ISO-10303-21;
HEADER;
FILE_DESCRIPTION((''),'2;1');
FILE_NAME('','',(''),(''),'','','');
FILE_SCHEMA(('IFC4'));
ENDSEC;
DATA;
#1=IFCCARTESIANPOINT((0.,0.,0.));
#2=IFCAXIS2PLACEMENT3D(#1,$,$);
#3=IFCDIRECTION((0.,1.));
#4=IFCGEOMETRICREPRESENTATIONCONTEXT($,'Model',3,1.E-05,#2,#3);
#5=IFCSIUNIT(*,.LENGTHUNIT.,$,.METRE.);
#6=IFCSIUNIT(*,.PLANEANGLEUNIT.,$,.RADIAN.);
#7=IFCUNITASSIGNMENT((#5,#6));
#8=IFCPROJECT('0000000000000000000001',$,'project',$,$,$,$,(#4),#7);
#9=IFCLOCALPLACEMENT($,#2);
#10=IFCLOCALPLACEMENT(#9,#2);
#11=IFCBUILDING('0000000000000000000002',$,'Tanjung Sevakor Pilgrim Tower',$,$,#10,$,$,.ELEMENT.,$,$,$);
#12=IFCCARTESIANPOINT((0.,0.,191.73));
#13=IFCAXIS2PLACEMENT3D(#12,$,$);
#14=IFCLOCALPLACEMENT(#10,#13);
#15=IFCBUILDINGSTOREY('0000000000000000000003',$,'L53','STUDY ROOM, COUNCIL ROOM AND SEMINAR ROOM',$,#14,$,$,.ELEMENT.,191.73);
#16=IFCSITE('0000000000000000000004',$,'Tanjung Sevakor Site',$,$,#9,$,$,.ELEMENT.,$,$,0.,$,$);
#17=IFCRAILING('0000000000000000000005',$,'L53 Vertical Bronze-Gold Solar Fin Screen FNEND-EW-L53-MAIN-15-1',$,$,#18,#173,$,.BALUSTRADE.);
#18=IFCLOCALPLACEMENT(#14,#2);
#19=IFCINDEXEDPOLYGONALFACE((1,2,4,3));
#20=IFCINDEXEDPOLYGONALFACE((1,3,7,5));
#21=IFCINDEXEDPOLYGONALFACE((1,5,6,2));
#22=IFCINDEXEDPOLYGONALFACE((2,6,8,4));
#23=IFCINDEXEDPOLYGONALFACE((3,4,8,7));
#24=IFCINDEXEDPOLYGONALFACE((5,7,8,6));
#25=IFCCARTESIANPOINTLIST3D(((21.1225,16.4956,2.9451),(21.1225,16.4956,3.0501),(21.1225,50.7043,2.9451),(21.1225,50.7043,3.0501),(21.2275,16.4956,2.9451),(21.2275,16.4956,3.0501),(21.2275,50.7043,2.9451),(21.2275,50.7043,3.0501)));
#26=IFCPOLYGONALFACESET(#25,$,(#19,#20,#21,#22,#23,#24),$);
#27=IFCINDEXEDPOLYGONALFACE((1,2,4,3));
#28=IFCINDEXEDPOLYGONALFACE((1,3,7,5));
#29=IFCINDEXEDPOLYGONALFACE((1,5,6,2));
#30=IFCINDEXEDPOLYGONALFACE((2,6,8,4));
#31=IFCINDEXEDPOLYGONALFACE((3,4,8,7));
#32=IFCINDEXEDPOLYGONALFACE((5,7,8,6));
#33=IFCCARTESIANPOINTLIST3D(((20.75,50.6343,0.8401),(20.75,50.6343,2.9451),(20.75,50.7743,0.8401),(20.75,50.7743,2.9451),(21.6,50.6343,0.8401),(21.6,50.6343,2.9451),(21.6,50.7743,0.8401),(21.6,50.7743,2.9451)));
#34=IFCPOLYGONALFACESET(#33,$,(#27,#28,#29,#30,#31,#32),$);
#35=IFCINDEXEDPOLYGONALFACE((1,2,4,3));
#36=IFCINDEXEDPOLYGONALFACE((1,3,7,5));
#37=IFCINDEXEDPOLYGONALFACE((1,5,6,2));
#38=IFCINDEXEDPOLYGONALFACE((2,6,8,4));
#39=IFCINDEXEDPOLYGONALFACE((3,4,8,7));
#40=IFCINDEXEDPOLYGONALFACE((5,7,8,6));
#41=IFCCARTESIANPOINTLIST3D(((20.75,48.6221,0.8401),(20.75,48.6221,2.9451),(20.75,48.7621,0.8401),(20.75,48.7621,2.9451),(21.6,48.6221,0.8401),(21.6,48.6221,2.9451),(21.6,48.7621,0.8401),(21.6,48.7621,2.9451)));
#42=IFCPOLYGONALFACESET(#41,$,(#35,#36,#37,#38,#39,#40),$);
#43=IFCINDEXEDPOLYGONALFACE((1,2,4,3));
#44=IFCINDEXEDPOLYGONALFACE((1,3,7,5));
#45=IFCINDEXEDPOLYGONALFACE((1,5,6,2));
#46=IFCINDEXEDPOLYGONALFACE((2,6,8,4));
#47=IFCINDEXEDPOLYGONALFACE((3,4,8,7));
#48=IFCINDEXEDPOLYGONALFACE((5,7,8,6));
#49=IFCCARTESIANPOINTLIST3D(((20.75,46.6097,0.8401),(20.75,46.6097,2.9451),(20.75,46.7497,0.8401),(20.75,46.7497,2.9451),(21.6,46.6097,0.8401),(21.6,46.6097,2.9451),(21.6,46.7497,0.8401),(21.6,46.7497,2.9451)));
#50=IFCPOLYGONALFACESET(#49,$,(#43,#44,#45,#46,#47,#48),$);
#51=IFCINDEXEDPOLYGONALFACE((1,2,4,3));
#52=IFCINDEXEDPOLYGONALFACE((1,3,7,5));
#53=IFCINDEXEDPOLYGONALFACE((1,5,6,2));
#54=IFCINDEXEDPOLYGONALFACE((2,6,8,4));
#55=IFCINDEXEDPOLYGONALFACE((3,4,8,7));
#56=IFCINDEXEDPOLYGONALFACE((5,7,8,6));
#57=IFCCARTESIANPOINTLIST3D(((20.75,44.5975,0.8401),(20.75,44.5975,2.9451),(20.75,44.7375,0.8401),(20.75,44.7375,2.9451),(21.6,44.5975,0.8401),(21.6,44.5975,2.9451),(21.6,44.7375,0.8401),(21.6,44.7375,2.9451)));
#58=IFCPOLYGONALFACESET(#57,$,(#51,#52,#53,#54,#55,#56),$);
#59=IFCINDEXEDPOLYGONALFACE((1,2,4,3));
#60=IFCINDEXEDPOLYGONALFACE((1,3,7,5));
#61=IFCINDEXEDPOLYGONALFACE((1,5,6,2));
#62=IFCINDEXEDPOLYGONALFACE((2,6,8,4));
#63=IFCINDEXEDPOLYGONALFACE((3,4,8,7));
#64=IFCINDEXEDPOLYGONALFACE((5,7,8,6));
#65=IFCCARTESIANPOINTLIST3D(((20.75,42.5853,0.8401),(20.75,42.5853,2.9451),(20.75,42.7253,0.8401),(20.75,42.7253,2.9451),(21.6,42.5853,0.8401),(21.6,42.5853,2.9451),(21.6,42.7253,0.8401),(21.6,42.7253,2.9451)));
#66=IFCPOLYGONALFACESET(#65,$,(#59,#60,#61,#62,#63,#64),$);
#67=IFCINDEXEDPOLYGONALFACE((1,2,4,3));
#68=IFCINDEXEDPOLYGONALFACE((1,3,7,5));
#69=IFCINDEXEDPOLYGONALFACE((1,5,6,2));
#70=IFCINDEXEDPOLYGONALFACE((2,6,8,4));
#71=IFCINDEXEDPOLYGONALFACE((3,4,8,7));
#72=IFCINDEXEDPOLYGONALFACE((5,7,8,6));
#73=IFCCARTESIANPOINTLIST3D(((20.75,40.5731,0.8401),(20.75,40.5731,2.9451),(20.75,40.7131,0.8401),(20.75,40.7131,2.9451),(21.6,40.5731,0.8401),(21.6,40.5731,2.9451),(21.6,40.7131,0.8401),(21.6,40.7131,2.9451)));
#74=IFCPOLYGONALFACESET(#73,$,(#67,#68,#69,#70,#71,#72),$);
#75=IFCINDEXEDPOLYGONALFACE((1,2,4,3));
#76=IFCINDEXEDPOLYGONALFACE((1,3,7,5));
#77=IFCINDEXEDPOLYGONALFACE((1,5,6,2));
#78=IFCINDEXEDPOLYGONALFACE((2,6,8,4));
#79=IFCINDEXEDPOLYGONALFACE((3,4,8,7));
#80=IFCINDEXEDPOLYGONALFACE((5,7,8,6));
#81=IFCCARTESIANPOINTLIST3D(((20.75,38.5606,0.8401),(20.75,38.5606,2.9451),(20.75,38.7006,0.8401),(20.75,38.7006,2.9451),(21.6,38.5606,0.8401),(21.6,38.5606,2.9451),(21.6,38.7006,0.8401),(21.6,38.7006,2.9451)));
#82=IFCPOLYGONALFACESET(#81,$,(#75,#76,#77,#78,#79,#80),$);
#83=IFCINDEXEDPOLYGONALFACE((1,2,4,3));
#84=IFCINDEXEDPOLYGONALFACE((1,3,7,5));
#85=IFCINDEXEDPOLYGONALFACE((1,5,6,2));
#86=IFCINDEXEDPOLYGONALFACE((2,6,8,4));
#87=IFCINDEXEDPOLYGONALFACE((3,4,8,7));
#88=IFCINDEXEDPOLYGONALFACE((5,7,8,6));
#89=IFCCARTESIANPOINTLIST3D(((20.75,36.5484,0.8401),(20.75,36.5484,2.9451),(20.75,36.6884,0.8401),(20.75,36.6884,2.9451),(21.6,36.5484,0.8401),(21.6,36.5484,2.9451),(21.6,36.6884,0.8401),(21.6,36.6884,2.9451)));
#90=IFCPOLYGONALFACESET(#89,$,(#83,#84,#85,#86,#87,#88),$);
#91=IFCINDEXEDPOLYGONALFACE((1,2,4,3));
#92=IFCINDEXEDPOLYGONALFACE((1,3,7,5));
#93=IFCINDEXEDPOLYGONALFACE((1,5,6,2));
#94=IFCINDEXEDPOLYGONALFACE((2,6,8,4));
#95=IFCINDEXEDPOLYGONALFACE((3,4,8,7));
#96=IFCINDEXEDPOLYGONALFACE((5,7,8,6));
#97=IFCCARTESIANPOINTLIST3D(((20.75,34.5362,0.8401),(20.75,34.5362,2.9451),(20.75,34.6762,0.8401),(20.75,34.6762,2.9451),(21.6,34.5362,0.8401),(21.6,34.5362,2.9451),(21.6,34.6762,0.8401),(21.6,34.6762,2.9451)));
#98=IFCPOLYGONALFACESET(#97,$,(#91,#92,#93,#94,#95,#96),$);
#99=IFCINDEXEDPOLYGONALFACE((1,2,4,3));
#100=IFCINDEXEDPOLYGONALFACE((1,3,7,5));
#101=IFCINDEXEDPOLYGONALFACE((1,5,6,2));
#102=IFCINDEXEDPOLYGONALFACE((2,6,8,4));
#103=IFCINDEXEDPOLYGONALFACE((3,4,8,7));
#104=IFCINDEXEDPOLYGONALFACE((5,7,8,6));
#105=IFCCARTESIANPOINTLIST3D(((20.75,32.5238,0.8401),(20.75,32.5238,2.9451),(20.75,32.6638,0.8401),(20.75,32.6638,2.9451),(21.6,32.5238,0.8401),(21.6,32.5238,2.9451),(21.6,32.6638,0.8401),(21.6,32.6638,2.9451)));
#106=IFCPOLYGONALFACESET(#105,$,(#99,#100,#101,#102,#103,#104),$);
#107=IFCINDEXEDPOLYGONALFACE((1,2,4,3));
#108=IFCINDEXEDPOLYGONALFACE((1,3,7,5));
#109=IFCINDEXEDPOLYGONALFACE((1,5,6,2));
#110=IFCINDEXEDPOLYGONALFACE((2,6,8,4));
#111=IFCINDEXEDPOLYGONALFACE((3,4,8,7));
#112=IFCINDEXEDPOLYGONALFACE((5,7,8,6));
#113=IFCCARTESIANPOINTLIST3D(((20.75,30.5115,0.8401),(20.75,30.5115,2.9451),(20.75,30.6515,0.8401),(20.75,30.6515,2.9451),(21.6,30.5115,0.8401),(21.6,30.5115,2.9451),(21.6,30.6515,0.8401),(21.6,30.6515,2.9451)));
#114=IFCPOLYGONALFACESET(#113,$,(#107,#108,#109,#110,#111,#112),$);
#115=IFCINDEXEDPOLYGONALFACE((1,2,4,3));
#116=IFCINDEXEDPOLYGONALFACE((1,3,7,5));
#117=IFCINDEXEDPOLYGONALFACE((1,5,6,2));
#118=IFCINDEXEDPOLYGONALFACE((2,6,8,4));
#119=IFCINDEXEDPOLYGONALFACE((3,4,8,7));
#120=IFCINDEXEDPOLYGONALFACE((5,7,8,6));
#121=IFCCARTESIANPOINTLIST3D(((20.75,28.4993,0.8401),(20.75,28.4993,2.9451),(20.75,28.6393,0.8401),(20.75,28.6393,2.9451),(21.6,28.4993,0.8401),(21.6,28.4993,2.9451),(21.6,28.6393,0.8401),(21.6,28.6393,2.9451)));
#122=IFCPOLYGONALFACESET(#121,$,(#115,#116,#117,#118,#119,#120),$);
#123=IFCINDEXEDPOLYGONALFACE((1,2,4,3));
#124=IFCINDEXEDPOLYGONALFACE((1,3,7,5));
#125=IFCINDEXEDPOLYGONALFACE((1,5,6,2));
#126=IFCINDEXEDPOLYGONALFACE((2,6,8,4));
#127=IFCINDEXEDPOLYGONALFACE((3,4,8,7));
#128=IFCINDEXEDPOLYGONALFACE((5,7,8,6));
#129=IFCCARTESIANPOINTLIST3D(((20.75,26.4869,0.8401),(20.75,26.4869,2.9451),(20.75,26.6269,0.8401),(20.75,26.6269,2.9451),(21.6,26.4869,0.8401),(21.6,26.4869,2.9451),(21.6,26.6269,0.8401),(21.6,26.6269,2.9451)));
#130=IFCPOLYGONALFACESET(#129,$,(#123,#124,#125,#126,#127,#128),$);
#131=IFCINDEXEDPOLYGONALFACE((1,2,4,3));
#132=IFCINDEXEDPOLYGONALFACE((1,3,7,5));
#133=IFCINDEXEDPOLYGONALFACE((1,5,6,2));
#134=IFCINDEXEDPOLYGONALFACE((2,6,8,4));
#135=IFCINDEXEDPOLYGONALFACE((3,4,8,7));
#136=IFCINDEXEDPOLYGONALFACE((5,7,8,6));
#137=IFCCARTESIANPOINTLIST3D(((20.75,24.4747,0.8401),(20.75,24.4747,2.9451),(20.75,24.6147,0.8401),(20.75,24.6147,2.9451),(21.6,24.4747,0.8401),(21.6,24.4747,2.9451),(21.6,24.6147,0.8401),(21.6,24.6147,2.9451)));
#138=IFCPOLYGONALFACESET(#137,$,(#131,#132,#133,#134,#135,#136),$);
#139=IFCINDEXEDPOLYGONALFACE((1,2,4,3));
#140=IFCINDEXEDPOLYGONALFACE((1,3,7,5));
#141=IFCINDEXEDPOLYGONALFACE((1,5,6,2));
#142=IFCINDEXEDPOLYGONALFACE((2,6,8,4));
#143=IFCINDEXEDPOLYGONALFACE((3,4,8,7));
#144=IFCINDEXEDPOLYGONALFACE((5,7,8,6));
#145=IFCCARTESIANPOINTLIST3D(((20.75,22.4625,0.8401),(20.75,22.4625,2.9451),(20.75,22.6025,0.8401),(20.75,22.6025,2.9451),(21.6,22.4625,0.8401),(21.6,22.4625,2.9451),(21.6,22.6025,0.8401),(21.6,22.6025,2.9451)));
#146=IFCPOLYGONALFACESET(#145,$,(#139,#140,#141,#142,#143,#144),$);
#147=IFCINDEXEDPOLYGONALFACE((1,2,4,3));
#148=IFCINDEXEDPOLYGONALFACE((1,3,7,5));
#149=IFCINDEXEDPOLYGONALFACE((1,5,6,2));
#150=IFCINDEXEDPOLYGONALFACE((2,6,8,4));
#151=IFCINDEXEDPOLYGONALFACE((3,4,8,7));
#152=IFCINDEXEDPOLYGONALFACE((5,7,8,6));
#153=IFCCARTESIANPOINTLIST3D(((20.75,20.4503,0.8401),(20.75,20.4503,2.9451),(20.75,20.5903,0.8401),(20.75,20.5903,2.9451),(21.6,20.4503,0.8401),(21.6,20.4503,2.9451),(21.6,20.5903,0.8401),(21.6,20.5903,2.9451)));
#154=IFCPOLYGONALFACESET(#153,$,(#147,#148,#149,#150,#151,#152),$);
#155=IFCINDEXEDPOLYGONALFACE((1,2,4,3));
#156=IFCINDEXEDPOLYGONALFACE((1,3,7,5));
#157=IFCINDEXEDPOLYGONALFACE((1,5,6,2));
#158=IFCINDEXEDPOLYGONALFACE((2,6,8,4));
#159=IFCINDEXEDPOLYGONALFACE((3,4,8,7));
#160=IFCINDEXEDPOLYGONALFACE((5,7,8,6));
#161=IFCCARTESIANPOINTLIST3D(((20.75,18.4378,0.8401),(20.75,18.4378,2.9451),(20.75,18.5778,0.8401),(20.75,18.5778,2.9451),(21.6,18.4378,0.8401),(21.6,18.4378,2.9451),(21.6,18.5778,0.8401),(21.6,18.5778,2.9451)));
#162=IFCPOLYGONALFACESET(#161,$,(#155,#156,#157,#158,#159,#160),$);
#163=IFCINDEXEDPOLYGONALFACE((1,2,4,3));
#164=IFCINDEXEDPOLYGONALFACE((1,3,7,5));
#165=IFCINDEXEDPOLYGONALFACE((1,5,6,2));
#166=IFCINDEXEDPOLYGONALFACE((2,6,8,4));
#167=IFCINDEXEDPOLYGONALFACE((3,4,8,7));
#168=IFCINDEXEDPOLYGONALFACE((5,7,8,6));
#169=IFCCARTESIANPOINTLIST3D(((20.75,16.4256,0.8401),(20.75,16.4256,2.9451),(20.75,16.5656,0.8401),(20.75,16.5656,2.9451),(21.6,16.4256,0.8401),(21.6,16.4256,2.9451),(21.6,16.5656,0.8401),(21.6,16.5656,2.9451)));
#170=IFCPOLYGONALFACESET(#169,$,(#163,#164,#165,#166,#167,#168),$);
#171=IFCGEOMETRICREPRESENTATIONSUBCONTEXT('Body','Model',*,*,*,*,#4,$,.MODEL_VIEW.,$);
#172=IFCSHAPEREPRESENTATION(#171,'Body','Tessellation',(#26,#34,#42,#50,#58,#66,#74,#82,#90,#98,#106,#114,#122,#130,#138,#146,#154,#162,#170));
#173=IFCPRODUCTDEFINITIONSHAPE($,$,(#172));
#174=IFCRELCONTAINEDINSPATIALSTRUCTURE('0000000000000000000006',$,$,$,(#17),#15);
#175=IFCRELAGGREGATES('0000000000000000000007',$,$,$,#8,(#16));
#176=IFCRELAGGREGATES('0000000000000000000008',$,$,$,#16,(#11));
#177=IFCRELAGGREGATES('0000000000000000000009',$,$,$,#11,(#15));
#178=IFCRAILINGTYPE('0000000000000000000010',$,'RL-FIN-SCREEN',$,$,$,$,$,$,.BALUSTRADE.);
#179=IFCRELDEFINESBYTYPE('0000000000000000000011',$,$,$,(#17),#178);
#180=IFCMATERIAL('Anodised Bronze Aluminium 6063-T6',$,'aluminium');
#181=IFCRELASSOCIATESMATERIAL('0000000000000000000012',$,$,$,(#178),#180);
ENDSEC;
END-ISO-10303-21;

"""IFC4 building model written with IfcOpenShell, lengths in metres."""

from ifc_helpers import new_model, si_unit, direction, frame, origin, place, context, subcontext, project, spatial, rectangle, extrude, material, type_object, element, save


model = new_model("IFC4")

# Units and contexts
model_context = context("Model", 3, precision=1e-05, world=origin(), true_north=direction((0.0, 1.0)))
body_context = subcontext(model_context, "Body", "Model", "MODEL_VIEW")
ifc_project = project(units=[si_unit("LENGTHUNIT", "METRE"), si_unit("PLANEANGLEUNIT", "RADIAN")], contexts=[model_context])

# Site, building, storey
site_placement = place(None, origin())
site = spatial("IfcSite", under=ifc_project, at=site_placement, Name="Tanjung Sevakor Site", CompositionType="ELEMENT", RefElevation=0.0)
building_placement = place(site_placement, origin())
building = spatial("IfcBuilding", under=site, at=building_placement, Name="Tanjung Sevakor Pilgrim Tower", CompositionType="ELEMENT")
storey_placement = place(building_placement, frame((0.0, 0.0, 191.73)))
storey = spatial("IfcBuildingStorey", under=building, at=storey_placement, Name="L53", Description="STUDY ROOM, COUNCIL ROOM AND SEMINAR ROOM", CompositionType="ELEMENT", Elevation=191.73)

# Railing
ifc_material_1 = material(Name="Anodised Bronze Aluminium 6063-T6", Category="aluminium")
railing_type_1 = type_object("IfcRailingType", Name="RL-FIN-SCREEN", PredefinedType="BALUSTRADE", material=ifc_material_1)
railing_1_placement = place(storey_placement, frame((21.175, 50.7043, 0.8401)))
element("IfcRailing", 1, at=railing_1_placement, inside=storey, type_object=railing_type_1, Name="L53 Vertical Bronze-Gold Solar Fin Screen FNEND-EW-L53-MAIN-15-1", PredefinedType="BALUSTRADE", context=body_context, shape_type="SweptSolid", body=[
    extrude(rectangle(XDim=0.105, YDim=0.105), frame((0.0, 0.0, 2.1575), z_axis=(0.0, -1.0, 0.0), x_axis=(1.0, 0.0, 0.0)), (0.0, 0.0, 1.0), 34.2087),
    extrude(rectangle(XDim=0.85, YDim=0.14), origin(), (0.0, 0.0, 1.0), 2.105),
    extrude(rectangle(XDim=0.85, YDim=0.14), frame((0.0, -2.0122, 0.0)), (0.0, 0.0, 1.0), 2.105),
    extrude(rectangle(XDim=0.85, YDim=0.14), frame((0.0, -4.0247, 0.0)), (0.0, 0.0, 1.0), 2.105),
    extrude(rectangle(XDim=0.85, YDim=0.14), frame((0.0, -6.0369, 0.0)), (0.0, 0.0, 1.0), 2.105),
    extrude(rectangle(XDim=0.85, YDim=0.14), frame((0.0, -8.0491, 0.0)), (0.0, 0.0, 1.0), 2.105),
    extrude(rectangle(XDim=0.85, YDim=0.14), frame((0.0, -10.0613, 0.0)), (0.0, 0.0, 1.0), 2.105),
    extrude(rectangle(XDim=0.85, YDim=0.14), frame((0.0, -12.0737, 0.0)), (0.0, 0.0, 1.0), 2.105),
    extrude(rectangle(XDim=0.85, YDim=0.14), frame((0.0, -14.0859, 0.0)), (0.0, 0.0, 1.0), 2.105),
    extrude(rectangle(XDim=0.85, YDim=0.14), frame((0.0, -16.0981, 0.0)), (0.0, 0.0, 1.0), 2.105),
    extrude(rectangle(XDim=0.85, YDim=0.14), frame((0.0, -18.1106, 0.0)), (0.0, 0.0, 1.0), 2.105),
    extrude(rectangle(XDim=0.85, YDim=0.14), frame((0.0, -20.1228, 0.0)), (0.0, 0.0, 1.0), 2.105),
    extrude(rectangle(XDim=0.85, YDim=0.14), frame((0.0, -22.135, 0.0)), (0.0, 0.0, 1.0), 2.105),
    extrude(rectangle(XDim=0.85, YDim=0.14), frame((0.0, -24.1475, 0.0)), (0.0, 0.0, 1.0), 2.105),
    extrude(rectangle(XDim=0.85, YDim=0.14), frame((0.0, -26.1597, 0.0)), (0.0, 0.0, 1.0), 2.105),
    extrude(rectangle(XDim=0.85, YDim=0.14), frame((0.0, -28.1719, 0.0)), (0.0, 0.0, 1.0), 2.105),
    extrude(rectangle(XDim=0.85, YDim=0.14), frame((0.0, -30.1841, 0.0)), (0.0, 0.0, 1.0), 2.105),
    extrude(rectangle(XDim=0.85, YDim=0.14), frame((0.0, -32.1965, 0.0)), (0.0, 0.0, 1.0), 2.105),
    extrude(rectangle(XDim=0.85, YDim=0.14), frame((0.0, -34.2087, 0.0)), (0.0, 0.0, 1.0), 2.105),
])

save(model, "model.ifc")
